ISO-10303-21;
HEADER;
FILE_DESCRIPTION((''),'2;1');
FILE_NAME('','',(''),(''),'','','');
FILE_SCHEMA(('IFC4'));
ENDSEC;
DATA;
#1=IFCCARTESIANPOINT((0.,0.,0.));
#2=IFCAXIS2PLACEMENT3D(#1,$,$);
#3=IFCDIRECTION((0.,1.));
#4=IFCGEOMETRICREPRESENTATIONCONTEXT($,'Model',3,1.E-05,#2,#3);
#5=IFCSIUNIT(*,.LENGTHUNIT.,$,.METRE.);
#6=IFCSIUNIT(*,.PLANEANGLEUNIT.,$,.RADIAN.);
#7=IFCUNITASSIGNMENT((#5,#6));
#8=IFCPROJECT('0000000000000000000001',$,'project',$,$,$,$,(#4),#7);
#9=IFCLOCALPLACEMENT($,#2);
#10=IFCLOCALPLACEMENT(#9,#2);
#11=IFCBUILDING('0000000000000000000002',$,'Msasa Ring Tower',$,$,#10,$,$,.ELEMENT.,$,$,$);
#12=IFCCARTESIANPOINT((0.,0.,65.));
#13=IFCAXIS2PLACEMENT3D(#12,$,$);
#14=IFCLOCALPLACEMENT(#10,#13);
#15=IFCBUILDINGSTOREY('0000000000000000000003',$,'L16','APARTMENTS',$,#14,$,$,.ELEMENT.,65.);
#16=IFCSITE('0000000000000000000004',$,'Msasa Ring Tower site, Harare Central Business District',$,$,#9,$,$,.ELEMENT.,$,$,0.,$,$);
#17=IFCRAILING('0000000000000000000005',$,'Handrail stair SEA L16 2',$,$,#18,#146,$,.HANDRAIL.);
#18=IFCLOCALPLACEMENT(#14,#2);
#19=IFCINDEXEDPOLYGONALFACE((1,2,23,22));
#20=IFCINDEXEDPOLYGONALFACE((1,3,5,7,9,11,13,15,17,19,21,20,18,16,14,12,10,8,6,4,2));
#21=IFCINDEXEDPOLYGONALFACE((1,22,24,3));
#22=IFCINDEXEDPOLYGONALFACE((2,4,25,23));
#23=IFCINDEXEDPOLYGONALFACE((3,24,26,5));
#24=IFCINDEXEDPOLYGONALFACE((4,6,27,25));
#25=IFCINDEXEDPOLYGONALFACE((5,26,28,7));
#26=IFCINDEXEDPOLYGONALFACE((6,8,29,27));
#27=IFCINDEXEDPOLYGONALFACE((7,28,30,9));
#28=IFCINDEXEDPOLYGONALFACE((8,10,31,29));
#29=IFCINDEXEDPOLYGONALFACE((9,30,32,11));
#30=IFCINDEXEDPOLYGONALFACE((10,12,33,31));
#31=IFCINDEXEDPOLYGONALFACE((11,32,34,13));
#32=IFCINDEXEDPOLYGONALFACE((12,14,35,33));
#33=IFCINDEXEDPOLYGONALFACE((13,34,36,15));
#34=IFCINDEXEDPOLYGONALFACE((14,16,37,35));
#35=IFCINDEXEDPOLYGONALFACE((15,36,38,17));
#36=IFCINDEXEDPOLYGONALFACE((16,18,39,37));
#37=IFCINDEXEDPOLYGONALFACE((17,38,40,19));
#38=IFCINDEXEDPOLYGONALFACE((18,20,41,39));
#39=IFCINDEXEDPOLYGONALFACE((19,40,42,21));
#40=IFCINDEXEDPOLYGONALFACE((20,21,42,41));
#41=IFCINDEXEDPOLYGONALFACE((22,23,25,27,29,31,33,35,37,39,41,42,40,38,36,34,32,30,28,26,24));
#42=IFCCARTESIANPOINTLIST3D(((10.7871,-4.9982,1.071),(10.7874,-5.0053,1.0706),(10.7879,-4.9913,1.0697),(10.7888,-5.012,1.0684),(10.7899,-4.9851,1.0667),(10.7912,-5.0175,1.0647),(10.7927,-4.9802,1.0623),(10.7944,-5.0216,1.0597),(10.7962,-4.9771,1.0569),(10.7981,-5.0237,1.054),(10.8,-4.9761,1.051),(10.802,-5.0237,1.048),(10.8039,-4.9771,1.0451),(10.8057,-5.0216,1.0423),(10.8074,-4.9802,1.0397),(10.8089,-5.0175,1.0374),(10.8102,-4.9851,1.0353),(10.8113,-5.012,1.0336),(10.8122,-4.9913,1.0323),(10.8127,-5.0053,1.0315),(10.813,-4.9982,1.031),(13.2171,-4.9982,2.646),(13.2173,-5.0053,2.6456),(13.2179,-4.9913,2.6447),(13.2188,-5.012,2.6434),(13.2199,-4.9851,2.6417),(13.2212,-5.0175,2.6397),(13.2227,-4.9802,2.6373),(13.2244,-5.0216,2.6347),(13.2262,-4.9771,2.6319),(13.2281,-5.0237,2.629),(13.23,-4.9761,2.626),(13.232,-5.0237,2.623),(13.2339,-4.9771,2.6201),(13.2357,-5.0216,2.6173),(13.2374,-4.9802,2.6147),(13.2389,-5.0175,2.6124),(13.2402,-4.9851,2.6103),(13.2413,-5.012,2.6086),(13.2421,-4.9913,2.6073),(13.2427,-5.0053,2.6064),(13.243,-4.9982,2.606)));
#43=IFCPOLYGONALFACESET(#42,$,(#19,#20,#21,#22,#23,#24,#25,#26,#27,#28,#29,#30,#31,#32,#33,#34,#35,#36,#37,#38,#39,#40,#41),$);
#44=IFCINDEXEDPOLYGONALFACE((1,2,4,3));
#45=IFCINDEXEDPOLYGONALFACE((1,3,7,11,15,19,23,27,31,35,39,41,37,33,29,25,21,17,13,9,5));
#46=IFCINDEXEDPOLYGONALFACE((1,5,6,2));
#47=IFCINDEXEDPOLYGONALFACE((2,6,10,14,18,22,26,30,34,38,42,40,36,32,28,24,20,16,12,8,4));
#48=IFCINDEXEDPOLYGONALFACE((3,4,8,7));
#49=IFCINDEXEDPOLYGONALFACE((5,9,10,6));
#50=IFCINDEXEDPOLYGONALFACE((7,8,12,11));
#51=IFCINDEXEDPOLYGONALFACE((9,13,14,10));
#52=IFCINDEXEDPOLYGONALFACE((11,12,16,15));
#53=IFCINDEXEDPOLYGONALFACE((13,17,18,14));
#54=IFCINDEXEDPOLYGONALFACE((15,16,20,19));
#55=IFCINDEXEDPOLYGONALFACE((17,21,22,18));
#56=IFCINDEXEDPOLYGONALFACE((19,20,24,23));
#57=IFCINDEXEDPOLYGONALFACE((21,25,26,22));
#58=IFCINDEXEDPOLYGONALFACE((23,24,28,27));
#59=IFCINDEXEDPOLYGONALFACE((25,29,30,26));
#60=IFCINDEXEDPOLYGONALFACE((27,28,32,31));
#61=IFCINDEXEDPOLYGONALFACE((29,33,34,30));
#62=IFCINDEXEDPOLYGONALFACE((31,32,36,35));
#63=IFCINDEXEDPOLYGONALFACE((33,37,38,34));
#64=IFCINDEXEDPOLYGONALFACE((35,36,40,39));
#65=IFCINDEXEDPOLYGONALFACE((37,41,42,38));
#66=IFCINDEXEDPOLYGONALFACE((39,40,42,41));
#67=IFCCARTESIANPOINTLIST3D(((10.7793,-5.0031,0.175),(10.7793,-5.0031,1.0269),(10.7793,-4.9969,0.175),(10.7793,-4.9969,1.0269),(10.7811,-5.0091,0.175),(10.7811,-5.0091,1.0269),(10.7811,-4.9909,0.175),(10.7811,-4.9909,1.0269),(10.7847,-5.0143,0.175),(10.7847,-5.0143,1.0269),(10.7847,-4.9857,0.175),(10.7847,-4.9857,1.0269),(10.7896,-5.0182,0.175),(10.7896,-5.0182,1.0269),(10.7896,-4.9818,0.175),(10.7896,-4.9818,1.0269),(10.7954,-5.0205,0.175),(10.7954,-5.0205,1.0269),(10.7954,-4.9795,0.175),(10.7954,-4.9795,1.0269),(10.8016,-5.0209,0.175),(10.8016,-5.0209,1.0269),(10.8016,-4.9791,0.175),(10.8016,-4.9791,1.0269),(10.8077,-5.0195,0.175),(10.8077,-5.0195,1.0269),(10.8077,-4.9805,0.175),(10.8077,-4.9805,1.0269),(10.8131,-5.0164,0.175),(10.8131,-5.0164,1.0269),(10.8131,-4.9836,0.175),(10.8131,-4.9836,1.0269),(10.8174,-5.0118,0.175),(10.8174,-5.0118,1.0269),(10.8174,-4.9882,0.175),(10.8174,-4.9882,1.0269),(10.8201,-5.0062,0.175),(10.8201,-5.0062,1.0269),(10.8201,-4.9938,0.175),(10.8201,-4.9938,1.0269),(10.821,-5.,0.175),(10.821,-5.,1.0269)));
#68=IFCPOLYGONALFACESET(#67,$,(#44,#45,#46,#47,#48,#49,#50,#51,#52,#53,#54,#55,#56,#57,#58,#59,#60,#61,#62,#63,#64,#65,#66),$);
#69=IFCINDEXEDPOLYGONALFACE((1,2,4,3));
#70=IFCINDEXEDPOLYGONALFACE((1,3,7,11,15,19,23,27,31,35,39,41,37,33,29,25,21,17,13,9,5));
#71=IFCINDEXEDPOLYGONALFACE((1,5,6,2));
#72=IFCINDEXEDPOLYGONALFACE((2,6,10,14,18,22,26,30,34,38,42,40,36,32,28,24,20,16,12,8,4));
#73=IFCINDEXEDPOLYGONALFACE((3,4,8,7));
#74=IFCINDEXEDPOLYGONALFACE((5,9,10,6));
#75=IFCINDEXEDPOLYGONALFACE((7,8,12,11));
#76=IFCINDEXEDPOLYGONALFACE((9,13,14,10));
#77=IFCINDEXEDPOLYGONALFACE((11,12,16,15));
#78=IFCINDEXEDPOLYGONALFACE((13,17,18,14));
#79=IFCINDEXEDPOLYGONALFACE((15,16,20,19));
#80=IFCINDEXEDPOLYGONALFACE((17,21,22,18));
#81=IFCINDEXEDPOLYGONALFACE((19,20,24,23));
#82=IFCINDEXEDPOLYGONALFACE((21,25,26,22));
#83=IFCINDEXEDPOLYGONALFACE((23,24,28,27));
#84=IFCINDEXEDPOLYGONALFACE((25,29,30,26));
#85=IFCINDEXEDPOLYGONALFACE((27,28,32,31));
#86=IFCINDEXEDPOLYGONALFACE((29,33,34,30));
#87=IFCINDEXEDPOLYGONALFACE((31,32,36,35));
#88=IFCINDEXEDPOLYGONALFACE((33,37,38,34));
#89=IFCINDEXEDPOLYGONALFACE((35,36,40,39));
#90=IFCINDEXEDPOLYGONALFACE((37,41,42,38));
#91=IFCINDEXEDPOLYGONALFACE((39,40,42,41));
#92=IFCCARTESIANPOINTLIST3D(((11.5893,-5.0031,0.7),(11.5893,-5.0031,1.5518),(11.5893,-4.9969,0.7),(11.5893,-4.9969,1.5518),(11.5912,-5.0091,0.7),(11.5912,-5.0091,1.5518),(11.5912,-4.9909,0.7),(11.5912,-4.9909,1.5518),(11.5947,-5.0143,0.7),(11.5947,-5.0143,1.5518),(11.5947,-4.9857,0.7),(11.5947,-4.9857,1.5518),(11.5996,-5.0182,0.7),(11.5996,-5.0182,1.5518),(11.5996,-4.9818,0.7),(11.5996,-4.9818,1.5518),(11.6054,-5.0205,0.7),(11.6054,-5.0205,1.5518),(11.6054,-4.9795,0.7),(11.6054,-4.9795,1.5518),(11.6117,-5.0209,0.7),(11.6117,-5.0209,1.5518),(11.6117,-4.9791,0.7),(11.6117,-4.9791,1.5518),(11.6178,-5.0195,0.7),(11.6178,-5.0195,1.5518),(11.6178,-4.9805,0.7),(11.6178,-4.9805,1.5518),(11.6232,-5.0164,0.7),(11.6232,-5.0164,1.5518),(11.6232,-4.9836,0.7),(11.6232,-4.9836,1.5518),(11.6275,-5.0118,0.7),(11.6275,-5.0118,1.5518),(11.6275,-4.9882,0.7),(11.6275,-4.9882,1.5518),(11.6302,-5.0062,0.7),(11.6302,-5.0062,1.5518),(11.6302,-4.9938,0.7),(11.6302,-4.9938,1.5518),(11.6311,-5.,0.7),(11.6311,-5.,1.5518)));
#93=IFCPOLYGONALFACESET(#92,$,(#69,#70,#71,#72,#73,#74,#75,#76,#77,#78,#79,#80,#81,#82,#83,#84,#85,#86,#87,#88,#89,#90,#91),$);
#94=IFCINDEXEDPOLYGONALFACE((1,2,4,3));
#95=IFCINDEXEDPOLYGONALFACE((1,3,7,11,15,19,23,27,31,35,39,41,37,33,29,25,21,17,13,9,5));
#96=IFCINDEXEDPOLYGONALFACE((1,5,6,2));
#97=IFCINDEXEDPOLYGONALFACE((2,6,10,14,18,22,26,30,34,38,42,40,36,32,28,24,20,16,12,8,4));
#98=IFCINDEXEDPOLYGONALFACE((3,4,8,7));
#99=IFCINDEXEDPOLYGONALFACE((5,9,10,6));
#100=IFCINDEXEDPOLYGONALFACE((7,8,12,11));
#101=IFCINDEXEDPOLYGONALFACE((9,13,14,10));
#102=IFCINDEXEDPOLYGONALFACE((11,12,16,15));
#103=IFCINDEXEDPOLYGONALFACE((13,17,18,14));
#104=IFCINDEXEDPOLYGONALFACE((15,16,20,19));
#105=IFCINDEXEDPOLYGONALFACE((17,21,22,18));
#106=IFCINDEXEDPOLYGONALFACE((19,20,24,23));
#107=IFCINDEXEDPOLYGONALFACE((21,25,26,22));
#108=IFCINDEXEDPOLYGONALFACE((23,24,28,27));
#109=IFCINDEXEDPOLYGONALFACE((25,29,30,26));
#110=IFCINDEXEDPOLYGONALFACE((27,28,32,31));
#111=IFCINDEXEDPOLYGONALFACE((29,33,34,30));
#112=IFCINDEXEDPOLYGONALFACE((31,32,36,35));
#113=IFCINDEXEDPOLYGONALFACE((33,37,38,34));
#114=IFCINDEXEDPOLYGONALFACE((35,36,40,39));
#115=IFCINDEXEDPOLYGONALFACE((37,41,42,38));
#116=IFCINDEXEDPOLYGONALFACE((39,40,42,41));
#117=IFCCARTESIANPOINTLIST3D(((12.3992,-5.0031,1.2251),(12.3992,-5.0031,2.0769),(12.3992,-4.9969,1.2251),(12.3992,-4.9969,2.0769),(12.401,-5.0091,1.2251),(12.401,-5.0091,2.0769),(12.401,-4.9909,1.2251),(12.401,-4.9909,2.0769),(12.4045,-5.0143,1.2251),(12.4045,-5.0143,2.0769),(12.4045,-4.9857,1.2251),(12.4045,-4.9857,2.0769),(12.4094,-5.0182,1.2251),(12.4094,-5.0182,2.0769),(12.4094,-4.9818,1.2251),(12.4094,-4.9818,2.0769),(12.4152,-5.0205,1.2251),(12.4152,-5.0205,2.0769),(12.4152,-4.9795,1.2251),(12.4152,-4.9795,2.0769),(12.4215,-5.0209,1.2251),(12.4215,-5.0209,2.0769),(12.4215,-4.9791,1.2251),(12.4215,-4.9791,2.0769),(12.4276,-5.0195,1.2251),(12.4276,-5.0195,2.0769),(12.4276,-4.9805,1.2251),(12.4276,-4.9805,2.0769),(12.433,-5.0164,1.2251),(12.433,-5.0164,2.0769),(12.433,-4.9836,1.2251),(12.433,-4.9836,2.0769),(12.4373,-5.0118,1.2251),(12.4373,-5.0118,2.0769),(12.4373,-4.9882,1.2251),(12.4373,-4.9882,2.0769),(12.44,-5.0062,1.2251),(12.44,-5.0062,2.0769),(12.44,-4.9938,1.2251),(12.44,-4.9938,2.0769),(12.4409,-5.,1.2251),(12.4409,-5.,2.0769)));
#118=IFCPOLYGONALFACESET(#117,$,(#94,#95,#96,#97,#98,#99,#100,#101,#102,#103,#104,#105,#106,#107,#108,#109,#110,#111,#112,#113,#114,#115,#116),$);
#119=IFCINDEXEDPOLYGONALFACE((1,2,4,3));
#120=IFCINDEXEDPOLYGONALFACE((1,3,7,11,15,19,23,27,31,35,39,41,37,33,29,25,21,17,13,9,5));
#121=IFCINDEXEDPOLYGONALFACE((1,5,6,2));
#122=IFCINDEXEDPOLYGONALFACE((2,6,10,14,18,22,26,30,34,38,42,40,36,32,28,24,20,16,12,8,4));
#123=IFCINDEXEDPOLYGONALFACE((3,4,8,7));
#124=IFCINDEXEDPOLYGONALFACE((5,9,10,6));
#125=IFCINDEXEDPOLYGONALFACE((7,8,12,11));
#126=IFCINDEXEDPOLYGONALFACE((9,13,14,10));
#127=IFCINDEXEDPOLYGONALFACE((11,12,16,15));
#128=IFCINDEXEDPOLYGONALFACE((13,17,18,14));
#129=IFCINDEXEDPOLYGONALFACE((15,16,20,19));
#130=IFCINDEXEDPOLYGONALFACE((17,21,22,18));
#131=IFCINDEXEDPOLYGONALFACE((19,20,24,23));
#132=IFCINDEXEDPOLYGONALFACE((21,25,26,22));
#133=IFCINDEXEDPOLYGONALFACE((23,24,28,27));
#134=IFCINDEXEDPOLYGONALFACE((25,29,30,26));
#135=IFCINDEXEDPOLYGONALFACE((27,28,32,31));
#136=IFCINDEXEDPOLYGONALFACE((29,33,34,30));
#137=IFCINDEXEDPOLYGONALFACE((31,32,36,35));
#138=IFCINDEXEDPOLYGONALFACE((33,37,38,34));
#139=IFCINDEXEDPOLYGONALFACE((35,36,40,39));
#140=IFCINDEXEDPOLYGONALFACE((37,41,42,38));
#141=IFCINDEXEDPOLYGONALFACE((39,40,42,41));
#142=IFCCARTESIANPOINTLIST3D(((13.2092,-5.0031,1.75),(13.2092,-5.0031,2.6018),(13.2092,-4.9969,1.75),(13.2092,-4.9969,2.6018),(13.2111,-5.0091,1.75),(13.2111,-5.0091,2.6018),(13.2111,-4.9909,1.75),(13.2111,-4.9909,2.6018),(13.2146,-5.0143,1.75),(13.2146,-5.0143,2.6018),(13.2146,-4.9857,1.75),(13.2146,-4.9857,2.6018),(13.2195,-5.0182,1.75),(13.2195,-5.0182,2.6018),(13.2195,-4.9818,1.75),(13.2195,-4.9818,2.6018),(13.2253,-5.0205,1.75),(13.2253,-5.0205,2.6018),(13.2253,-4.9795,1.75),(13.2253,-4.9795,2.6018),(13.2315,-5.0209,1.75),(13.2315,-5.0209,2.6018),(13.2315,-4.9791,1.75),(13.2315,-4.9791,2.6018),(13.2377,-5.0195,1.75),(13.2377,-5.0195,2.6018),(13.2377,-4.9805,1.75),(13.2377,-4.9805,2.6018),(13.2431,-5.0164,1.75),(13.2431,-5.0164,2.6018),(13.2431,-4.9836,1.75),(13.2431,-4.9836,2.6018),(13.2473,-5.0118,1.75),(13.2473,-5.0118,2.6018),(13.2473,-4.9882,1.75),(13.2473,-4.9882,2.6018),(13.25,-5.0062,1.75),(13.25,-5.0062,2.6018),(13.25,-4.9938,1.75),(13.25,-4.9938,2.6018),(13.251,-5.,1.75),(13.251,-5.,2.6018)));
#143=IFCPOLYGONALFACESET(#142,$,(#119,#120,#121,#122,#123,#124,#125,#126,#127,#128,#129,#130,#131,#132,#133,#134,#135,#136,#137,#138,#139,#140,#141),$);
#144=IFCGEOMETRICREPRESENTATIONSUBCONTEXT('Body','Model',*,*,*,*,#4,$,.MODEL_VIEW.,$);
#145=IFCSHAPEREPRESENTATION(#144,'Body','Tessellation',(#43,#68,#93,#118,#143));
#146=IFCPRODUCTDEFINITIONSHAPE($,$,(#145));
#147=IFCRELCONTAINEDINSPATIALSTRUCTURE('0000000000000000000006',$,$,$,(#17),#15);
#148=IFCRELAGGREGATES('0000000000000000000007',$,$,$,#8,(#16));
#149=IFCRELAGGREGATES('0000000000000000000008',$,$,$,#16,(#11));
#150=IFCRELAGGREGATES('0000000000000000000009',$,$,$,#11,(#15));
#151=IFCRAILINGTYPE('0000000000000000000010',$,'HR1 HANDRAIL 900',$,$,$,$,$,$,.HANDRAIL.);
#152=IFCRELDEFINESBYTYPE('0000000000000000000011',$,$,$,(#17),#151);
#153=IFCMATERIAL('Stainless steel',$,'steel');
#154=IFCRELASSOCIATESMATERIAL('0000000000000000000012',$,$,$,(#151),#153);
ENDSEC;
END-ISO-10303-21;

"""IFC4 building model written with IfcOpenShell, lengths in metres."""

from ifc_helpers import new_model, si_unit, direction, frame, origin, origin_2d, place, context, subcontext, project, spatial, circle, extrude, material, type_object, element, save


model = new_model("IFC4")

# Units and contexts
model_context = context("Model", 3, precision=1e-05, world=origin(), true_north=direction((0.0, 1.0)))
body_context = subcontext(model_context, "Body", "Model", "MODEL_VIEW")
ifc_project = project(units=[si_unit("LENGTHUNIT", "METRE"), si_unit("PLANEANGLEUNIT", "RADIAN")], contexts=[model_context])

# Site, building, storey
site_placement = place(None, origin())
site = spatial("IfcSite", under=ifc_project, at=site_placement, Name="Msasa Ring Tower site, Harare Central Business District", CompositionType="ELEMENT", RefElevation=0.0)
building_placement = place(site_placement, origin())
building = spatial("IfcBuilding", under=site, at=building_placement, Name="Msasa Ring Tower", CompositionType="ELEMENT")
storey_placement = place(building_placement, frame((0.0, 0.0, 65.0)))
storey = spatial("IfcBuildingStorey", under=building, at=storey_placement, Name="L16", Description="APARTMENTS", CompositionType="ELEMENT", Elevation=65.0)

# Railing
ifc_material_1 = material(Name="Stainless steel", Category="steel")
railing_type = type_object("IfcRailingType", Name="HR1 HANDRAIL 900", PredefinedType="HANDRAIL", material=ifc_material_1)
for number, where, name in (
    (1, (10.8, -5.0, 0.175), "Handrail stair SEA L16 2"),
):
    element("IfcRailing", number, at=place(storey_placement, frame(where)), inside=storey, type_object=railing_type, Name=name, PredefinedType="HANDRAIL", context=body_context, shape_type="SweptSolid", body=[
        extrude(circle(Radius=0.0239, at=origin_2d()), frame((0.0, 0.0, 0.876), z_axis=(0.839154, 0.0, 0.543894), x_axis=(0.0, 1.0, 0.0)), (0.0, 0.0, 1.0), 2.8958),
        extrude(circle(Radius=0.021, at=origin_2d()), origin(), (0.0, 0.0, 1.0), 0.8518),
        extrude(circle(Radius=0.021, at=origin_2d()), frame((0.8101, 0.0, 0.5249)), (0.0, 0.0, 1.0), 0.8518),
        extrude(circle(Radius=0.021, at=origin_2d()), frame((1.6199, 0.0, 1.05)), (0.0, 0.0, 1.0), 0.8518),
        extrude(circle(Radius=0.021, at=origin_2d()), frame((2.4299, 0.0, 1.575)), (0.0, 0.0, 1.0), 0.8518),
    ])

save(model, "model.ifc")
